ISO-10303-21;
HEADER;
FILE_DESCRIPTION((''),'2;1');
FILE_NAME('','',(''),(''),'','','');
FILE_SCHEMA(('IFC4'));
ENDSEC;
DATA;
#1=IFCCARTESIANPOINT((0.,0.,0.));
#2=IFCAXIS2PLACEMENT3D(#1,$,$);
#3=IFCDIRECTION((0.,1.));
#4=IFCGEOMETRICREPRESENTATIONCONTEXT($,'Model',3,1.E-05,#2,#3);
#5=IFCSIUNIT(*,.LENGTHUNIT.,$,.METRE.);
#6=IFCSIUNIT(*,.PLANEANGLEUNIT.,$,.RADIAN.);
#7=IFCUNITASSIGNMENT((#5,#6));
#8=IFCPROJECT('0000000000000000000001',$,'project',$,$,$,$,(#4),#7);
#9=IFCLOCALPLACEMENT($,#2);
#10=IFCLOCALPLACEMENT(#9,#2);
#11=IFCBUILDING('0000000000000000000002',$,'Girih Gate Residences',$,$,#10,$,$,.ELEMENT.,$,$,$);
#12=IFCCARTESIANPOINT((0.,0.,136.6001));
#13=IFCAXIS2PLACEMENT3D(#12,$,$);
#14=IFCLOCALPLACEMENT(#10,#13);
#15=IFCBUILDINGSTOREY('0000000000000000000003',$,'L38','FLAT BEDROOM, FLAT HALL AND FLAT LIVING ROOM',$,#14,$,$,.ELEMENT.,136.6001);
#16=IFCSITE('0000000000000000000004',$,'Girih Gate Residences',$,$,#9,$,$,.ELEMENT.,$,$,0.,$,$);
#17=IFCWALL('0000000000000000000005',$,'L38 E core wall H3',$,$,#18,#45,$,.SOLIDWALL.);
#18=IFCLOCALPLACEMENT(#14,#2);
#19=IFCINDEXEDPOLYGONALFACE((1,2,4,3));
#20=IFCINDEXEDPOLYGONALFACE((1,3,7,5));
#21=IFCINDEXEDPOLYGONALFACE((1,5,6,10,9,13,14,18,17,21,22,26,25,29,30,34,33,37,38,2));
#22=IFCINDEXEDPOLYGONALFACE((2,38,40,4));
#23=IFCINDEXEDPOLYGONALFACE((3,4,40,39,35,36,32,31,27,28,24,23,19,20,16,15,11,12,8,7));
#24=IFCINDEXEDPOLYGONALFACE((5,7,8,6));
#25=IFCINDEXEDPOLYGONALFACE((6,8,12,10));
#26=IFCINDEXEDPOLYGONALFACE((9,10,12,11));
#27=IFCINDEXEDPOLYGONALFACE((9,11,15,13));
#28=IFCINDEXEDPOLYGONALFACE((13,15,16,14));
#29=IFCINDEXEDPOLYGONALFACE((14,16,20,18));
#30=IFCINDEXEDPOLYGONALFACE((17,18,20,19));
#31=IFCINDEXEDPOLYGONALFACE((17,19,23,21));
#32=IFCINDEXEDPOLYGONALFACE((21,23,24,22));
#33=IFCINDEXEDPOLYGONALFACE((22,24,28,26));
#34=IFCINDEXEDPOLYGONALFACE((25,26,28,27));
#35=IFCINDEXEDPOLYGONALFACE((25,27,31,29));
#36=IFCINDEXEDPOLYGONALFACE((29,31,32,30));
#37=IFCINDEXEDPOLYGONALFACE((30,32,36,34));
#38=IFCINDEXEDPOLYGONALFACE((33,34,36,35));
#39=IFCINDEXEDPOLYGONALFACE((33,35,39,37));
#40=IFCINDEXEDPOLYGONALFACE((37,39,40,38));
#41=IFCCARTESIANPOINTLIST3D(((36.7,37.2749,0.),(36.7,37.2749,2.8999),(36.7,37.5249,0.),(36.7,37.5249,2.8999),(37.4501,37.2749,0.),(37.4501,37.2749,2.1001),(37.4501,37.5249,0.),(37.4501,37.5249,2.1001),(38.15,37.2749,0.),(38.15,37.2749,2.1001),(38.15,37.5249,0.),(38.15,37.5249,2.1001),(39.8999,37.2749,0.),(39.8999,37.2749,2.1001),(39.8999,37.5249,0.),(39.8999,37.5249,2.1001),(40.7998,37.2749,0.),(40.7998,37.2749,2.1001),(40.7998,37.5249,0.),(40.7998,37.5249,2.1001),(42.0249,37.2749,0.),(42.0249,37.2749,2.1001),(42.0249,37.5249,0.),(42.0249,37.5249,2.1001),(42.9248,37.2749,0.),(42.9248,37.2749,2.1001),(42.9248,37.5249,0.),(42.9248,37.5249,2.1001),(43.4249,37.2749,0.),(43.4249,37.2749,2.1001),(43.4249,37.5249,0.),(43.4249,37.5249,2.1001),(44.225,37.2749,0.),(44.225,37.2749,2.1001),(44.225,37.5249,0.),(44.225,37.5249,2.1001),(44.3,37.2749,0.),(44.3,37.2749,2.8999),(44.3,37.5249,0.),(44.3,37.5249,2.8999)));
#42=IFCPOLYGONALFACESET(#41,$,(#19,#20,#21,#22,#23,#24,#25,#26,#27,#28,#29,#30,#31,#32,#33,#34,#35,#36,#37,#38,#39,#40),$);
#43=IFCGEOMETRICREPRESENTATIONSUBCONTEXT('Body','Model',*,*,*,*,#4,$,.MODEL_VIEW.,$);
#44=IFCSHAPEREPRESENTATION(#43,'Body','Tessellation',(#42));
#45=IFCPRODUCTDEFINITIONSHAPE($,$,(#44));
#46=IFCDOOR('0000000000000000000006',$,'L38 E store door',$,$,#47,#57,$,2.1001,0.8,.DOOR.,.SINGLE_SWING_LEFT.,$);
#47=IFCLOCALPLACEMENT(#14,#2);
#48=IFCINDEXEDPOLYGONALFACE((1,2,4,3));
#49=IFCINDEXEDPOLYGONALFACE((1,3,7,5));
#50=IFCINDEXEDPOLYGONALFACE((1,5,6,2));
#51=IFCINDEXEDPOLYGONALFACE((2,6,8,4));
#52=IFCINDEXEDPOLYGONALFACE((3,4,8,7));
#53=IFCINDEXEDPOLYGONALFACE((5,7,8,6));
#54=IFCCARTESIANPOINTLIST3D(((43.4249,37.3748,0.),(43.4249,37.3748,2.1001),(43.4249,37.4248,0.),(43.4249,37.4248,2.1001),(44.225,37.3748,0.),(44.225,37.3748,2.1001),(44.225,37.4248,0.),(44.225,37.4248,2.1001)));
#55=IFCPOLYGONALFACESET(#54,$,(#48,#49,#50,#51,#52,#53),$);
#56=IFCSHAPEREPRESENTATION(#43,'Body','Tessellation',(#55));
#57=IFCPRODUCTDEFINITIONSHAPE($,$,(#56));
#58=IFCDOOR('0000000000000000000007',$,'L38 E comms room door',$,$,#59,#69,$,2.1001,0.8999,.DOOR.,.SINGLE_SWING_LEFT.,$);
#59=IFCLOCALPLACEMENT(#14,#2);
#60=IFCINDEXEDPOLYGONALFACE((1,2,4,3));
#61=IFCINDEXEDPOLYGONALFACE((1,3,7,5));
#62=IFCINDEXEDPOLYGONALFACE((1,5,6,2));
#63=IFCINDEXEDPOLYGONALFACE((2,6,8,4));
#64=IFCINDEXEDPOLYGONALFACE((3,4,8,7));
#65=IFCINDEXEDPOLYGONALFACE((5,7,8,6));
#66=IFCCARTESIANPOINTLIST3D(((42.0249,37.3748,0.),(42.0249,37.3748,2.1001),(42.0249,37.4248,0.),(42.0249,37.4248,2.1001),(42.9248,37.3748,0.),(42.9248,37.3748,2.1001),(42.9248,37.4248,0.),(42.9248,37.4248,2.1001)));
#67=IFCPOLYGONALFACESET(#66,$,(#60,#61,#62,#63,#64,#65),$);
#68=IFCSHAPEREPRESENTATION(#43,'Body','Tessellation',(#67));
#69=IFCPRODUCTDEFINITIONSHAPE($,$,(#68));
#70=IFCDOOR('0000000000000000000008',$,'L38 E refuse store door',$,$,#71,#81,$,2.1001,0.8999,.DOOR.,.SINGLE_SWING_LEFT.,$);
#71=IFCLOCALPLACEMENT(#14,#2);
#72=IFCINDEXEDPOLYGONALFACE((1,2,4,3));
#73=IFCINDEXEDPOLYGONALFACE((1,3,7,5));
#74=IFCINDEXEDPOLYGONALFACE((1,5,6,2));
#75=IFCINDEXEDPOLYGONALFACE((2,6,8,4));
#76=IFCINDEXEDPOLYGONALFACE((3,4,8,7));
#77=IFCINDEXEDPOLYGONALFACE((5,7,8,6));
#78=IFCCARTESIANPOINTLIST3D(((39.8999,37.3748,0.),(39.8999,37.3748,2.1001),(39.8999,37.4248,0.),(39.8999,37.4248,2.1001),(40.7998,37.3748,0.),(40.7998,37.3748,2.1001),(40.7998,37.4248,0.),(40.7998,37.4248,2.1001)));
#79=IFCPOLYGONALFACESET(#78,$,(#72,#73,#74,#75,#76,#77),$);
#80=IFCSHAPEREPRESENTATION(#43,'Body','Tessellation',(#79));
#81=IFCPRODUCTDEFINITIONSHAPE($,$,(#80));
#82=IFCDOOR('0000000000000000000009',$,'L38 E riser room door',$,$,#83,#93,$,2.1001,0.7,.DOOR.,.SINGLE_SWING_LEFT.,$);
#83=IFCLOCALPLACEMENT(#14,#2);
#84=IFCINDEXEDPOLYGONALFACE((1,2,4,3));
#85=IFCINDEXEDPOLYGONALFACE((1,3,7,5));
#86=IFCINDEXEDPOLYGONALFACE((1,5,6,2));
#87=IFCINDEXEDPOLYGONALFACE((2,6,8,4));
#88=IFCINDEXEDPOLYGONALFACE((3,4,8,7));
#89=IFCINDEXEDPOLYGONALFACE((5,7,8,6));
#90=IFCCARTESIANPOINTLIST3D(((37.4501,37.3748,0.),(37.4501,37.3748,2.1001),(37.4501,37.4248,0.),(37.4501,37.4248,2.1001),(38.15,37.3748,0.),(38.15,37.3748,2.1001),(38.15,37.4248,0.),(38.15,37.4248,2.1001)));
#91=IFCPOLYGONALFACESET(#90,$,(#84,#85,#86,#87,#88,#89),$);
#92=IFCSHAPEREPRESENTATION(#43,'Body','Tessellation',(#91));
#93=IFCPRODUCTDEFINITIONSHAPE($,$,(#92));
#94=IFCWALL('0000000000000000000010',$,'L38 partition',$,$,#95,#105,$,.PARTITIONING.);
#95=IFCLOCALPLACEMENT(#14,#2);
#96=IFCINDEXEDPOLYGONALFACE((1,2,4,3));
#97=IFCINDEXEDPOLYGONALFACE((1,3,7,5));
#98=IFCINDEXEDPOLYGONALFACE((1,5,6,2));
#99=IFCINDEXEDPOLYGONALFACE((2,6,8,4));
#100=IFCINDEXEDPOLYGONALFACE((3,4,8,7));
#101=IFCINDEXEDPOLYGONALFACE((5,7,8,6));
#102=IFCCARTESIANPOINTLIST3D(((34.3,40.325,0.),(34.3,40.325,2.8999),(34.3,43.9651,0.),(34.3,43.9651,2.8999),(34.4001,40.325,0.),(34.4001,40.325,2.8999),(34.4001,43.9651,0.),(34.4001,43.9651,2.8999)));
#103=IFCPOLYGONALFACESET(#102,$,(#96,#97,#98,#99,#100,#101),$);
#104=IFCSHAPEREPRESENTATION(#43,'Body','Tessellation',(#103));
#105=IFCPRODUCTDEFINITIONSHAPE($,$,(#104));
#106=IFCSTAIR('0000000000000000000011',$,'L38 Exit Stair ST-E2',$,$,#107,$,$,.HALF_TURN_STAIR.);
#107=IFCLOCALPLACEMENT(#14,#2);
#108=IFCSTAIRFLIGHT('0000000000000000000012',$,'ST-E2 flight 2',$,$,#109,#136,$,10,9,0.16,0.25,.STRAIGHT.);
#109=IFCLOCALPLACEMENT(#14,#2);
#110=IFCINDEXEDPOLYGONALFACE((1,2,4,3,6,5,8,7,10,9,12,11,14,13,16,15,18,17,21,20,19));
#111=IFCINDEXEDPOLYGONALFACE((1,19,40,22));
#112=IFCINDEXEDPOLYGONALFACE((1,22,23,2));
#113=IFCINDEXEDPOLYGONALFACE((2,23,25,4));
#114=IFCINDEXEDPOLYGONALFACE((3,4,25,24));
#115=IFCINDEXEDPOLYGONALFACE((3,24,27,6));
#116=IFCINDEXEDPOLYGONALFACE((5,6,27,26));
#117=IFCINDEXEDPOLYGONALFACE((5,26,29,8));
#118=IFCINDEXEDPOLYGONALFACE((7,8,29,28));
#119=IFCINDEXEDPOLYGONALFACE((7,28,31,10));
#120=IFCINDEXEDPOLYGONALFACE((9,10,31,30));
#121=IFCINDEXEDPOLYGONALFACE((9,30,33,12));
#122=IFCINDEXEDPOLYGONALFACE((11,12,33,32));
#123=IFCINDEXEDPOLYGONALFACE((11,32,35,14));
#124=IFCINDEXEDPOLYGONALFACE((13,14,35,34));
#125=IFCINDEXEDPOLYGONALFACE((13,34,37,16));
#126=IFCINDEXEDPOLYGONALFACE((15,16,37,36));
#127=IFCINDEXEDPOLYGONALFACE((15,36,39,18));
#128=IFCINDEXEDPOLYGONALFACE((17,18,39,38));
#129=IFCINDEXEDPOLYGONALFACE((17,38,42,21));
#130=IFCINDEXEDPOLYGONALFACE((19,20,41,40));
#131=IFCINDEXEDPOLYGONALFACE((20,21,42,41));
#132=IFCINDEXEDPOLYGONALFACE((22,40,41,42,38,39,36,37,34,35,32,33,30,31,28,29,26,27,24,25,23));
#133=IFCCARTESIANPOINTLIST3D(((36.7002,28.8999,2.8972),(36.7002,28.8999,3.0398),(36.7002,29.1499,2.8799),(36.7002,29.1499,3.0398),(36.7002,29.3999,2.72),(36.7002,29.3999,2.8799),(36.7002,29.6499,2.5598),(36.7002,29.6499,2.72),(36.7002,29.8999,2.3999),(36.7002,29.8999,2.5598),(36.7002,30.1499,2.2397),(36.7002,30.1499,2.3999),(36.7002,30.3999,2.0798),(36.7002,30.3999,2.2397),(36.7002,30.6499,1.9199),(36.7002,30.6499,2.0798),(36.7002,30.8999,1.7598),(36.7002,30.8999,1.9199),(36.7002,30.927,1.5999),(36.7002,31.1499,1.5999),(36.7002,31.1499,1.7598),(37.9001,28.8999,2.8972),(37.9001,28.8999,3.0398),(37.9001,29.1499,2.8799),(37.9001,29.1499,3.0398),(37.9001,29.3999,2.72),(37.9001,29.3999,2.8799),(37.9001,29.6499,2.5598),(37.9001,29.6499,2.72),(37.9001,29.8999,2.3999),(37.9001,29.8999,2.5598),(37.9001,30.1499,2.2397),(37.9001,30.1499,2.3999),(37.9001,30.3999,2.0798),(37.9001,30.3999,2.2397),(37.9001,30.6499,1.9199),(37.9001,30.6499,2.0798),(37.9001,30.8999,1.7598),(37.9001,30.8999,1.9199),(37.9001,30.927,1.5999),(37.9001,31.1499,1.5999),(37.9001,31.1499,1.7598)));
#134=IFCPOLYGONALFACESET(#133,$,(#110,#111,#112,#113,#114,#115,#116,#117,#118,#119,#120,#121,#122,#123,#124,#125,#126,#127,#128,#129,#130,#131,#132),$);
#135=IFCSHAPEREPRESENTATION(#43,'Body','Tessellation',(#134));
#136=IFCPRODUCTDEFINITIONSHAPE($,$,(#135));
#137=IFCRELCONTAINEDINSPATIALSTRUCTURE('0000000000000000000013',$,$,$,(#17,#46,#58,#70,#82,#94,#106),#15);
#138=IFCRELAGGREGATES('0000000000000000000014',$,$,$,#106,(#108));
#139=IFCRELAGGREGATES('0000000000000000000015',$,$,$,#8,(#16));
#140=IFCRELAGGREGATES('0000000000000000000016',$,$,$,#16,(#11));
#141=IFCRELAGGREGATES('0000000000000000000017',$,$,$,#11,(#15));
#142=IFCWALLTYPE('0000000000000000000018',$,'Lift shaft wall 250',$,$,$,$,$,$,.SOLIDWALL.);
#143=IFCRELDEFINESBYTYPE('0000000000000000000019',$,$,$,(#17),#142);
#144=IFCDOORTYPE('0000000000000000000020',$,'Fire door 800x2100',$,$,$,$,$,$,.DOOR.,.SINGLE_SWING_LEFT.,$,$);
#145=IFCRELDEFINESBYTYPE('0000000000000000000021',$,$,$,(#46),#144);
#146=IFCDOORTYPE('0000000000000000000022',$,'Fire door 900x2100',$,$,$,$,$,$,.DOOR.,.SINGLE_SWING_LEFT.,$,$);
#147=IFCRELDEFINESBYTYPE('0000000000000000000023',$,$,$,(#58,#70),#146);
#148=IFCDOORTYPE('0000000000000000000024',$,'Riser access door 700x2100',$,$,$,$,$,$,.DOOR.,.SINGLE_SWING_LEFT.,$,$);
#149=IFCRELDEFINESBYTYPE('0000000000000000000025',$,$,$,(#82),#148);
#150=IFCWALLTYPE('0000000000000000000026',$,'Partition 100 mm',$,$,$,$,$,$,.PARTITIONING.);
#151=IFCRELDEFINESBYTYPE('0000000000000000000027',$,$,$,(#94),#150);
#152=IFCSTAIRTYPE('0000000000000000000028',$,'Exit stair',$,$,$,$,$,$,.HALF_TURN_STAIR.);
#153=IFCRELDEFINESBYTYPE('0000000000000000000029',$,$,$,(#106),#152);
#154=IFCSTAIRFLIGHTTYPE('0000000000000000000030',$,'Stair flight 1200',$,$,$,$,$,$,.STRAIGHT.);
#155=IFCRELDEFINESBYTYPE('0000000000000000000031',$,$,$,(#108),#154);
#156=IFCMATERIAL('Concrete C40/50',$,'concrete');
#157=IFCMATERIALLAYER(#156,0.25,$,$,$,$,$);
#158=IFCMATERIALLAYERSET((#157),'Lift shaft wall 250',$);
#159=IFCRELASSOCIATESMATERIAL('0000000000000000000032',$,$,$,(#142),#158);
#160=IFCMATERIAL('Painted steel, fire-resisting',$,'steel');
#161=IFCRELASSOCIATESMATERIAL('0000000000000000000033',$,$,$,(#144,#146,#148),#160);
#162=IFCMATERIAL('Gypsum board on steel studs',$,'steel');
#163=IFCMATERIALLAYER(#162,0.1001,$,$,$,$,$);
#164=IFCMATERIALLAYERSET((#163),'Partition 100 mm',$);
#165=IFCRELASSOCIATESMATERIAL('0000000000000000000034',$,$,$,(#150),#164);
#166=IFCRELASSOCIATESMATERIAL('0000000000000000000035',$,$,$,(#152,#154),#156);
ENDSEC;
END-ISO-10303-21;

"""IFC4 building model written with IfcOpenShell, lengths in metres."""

from ifc_helpers import new_model, si_unit, direction, frame, frame_2d, origin, place, context, subcontext, project, spatial, polyline, rectangle, outline, extrude, material, layer, layer_set, type_object, element, fill, aggregate, save


model = new_model("IFC4")

# Units and contexts
model_context = context("Model", 3, precision=1e-05, world=origin(), true_north=direction((0.0, 1.0)))
body_context = subcontext(model_context, "Body", "Model", "MODEL_VIEW")
ifc_project = project(units=[si_unit("LENGTHUNIT", "METRE"), si_unit("PLANEANGLEUNIT", "RADIAN")], contexts=[model_context])

# Site, building, storey
site_placement = place(None, origin())
site = spatial("IfcSite", under=ifc_project, at=site_placement, Name="Girih Gate Residences", CompositionType="ELEMENT", RefElevation=0.0)
building_placement = place(site_placement, origin())
building = spatial("IfcBuilding", under=site, at=building_placement, Name="Girih Gate Residences", CompositionType="ELEMENT")
storey_placement = place(building_placement, frame((0.0, 0.0, 136.6001)))
storey = spatial("IfcBuildingStorey", under=building, at=storey_placement, Name="L38", Description="FLAT BEDROOM, FLAT HALL AND FLAT LIVING ROOM", CompositionType="ELEMENT", Elevation=136.6001)

# Shared definitions
ifc_material_1 = material(Name="Gypsum board on steel studs", Category="steel")

# Shared definitions
ifc_material_2 = material(Name="Concrete C40/50", Category="concrete")
ifc_layer_1 = layer(ifc_material_2, 0.25)
ifc_layer_set_1 = layer_set([ifc_layer_1], Name="Lift shaft wall 250")
wall_type_1 = type_object("IfcWallType", Name="Lift shaft wall 250", PredefinedType="SOLIDWALL", material=ifc_layer_set_1)

# Wall, openings, doors
ifc_material_3 = material(Name="Painted steel, fire-resisting", Category="steel")
door_type_1 = type_object("IfcDoorType", Name="Fire door 800x2100", OperationType="SINGLE_SWING_LEFT", PredefinedType="DOOR", material=ifc_material_3)
door_type_2 = type_object("IfcDoorType", Name="Fire door 900x2100", OperationType="SINGLE_SWING_LEFT", PredefinedType="DOOR", material=ifc_material_3)
wall_1_placement = place(storey_placement, frame((36.7, 37.3999, 0.0), z_axis=(0.0, 0.0, 1.0), x_axis=(1.0, 0.0, 0.0)))
wall_1 = element("IfcWall", 1, at=wall_1_placement, inside=storey, type_object=wall_type_1, Name="L38 E core wall H3", PredefinedType="SOLIDWALL", context=body_context, shape_type="SweptSolid", body=[
    extrude(rectangle(XDim=7.6001, YDim=0.25, at=frame_2d((3.8, 0.0))), origin(), (0.0, 0.0, 1.0), 2.8999),
])
opening_1_placement = place(wall_1_placement, frame((0.75, 0.0, 0.0)))
opening_1 = element("IfcOpeningElement", 2, at=opening_1_placement, cuts=wall_1, PredefinedType="OPENING", context=body_context, shape_type="SweptSolid", body=[
    extrude(rectangle(XDim=0.7, YDim=2.1001, at=frame_2d((0.3501, 1.05))), frame((0.0, 0.135, 0.0), z_axis=(0.0, -1.0, 0.0), x_axis=(1.0, 0.0, 0.0)), (0.0, 0.0, 1.0), 0.27),
])
opening_2_placement = place(wall_1_placement, frame((6.7251, 0.0, 0.0)))
opening_2 = element("IfcOpeningElement", 3, at=opening_2_placement, cuts=wall_1, PredefinedType="OPENING", context=body_context, shape_type="SweptSolid", body=[
    extrude(rectangle(XDim=0.8, YDim=2.1001, at=frame_2d((0.3999, 1.05))), frame((0.0, 0.135, 0.0), z_axis=(0.0, -1.0, 0.0), x_axis=(1.0, 0.0, 0.0)), (0.0, 0.0, 1.0), 0.27),
])
opening_3_placement = place(wall_1_placement, frame((5.325, 0.0, 0.0)))
opening_3 = element("IfcOpeningElement", 4, at=opening_3_placement, cuts=wall_1, PredefinedType="OPENING", context=body_context, shape_type="SweptSolid", body=[
    extrude(rectangle(XDim=0.8999, YDim=2.1001, at=frame_2d((0.45, 1.05))), frame((0.0, 0.135, 0.0), z_axis=(0.0, -1.0, 0.0), x_axis=(1.0, 0.0, 0.0)), (0.0, 0.0, 1.0), 0.27),
])
opening_4_placement = place(wall_1_placement, frame((3.2, 0.0, 0.0)))
opening_4 = element("IfcOpeningElement", 5, at=opening_4_placement, cuts=wall_1, PredefinedType="OPENING", context=body_context, shape_type="SweptSolid", body=[
    extrude(rectangle(XDim=0.8999, YDim=2.1001, at=frame_2d((0.45, 1.05))), frame((0.0, 0.135, 0.0), z_axis=(0.0, -1.0, 0.0), x_axis=(1.0, 0.0, 0.0)), (0.0, 0.0, 1.0), 0.27),
])
door_1_placement = place(opening_2_placement, origin())
door_1 = element("IfcDoor", 6, at=door_1_placement, inside=storey, type_object=door_type_1, Name="L38 E store door", OperationType="SINGLE_SWING_LEFT", OverallHeight=2.1001, OverallWidth=0.8, PredefinedType="DOOR", context=body_context, shape_type="SweptSolid", body=[
    extrude(rectangle(XDim=0.8, YDim=2.1001, at=frame_2d((0.3999, 1.05))), frame((0.0, 0.0249, 0.0), z_axis=(0.0, -1.0, 0.0), x_axis=(1.0, 0.0, 0.0)), (0.0, 0.0, 1.0), 0.05),
])
fill(opening_2, door_1)
door_2_placement = place(opening_3_placement, origin())
door_2 = element("IfcDoor", 7, at=door_2_placement, inside=storey, type_object=door_type_2, Name="L38 E comms room door", OperationType="SINGLE_SWING_LEFT", OverallHeight=2.1001, OverallWidth=0.8999, PredefinedType="DOOR", context=body_context, shape_type="SweptSolid", body=[
    extrude(rectangle(XDim=0.8999, YDim=2.1001, at=frame_2d((0.45, 1.05))), frame((0.0, 0.0249, 0.0), z_axis=(0.0, -1.0, 0.0), x_axis=(1.0, 0.0, 0.0)), (0.0, 0.0, 1.0), 0.05),
])
fill(opening_3, door_2)
door_3_placement = place(opening_4_placement, origin())
door_3 = element("IfcDoor", 8, at=door_3_placement, inside=storey, type_object=door_type_2, Name="L38 E refuse store door", OperationType="SINGLE_SWING_LEFT", OverallHeight=2.1001, OverallWidth=0.8999, PredefinedType="DOOR", context=body_context, shape_type="SweptSolid", body=[
    extrude(rectangle(XDim=0.8999, YDim=2.1001, at=frame_2d((0.45, 1.05))), frame((0.0, 0.0249, 0.0), z_axis=(0.0, -1.0, 0.0), x_axis=(1.0, 0.0, 0.0)), (0.0, 0.0, 1.0), 0.05),
])
fill(opening_4, door_3)
door_type_3 = type_object("IfcDoorType", Name="Riser access door 700x2100", OperationType="SINGLE_SWING_LEFT", PredefinedType="DOOR", material=ifc_material_3)
door_4_placement = place(opening_1_placement, origin())
door_4 = element("IfcDoor", 9, at=door_4_placement, inside=storey, type_object=door_type_3, Name="L38 E riser room door", OperationType="SINGLE_SWING_LEFT", OverallHeight=2.1001, OverallWidth=0.7, PredefinedType="DOOR", context=body_context, shape_type="SweptSolid", body=[
    extrude(rectangle(XDim=0.7, YDim=2.1001, at=frame_2d((0.3501, 1.05))), frame((0.0, 0.0249, 0.0), z_axis=(0.0, -1.0, 0.0), x_axis=(1.0, 0.0, 0.0)), (0.0, 0.0, 1.0), 0.05),
])
fill(opening_1, door_4)

# Wall
ifc_layer_2 = layer(ifc_material_1, 0.1001)
ifc_layer_set_2 = layer_set([ifc_layer_2], Name="Partition 100 mm")
wall_type_2 = type_object("IfcWallType", Name="Partition 100 mm", PredefinedType="PARTITIONING", material=ifc_layer_set_2)
wall_2_placement = place(storey_placement, frame((34.3501, 40.325, 0.0), z_axis=(0.0, 0.0, 1.0), x_axis=(0.0, 1.0, 0.0)))
element("IfcWall", 10, at=wall_2_placement, inside=storey, type_object=wall_type_2, Name="L38 partition", PredefinedType="PARTITIONING", context=body_context, shape_type="SweptSolid", body=[
    extrude(rectangle(XDim=3.6401, YDim=0.1001, at=frame_2d((1.8201, 0.0))), origin(), (0.0, 0.0, 1.0), 2.8999),
])

# Stair, stair flight
stair_type = type_object("IfcStairType", Name="Exit stair", PredefinedType="HALF_TURN_STAIR", material=ifc_material_2)
stair_placement = place(storey_placement, origin())
stair = element("IfcStair", 11, at=stair_placement, inside=storey, type_object=stair_type, Name="L38 Exit Stair ST-E2", PredefinedType="HALF_TURN_STAIR")
stair_flight_type = type_object("IfcStairFlightType", Name="Stair flight 1200", PredefinedType="STRAIGHT", material=ifc_material_2)
stair_flight_placement = place(storey_placement, frame((37.3, 31.1499, 1.5999), z_axis=(0.0, 0.0, 1.0), x_axis=(0.0, -1.0, 0.0)))
stair_flight = element("IfcStairFlight", 12, at=stair_flight_placement, type_object=stair_flight_type, Name="ST-E2 flight 2", NumberOfRisers=10, NumberOfTreads=9, PredefinedType="STRAIGHT", RiserHeight=0.16, TreadLength=0.25, context=body_context, shape_type="SweptSolid", body=[
    extrude(outline(polyline([(0.0, 0.0), (0.0, 0.1599), (0.25, 0.1599), (0.25, 0.3201), (0.5, 0.3201), (0.5, 0.48), (0.75, 0.48), (0.75, 0.6399), (1.0, 0.6399), (1.0, 0.8), (1.25, 0.8), (1.25, 0.96), (1.5, 0.96), (1.5, 1.1201), (1.75, 1.1201), (1.75, 1.28), (2.0, 1.28), (2.0, 1.4399), (2.25, 1.4399), (2.25, 1.6001), (2.25, 1.2974), (0.2229, 0.0), (0.0, 0.0)])), frame((0.0, 0.6001, 0.0), z_axis=(0.0, -1.0, 0.0), x_axis=(1.0, 0.0, 0.0)), (0.0, 0.0, 1.0), 1.2),
])
aggregate(stair, [stair_flight])

save(model, "model.ifc")
